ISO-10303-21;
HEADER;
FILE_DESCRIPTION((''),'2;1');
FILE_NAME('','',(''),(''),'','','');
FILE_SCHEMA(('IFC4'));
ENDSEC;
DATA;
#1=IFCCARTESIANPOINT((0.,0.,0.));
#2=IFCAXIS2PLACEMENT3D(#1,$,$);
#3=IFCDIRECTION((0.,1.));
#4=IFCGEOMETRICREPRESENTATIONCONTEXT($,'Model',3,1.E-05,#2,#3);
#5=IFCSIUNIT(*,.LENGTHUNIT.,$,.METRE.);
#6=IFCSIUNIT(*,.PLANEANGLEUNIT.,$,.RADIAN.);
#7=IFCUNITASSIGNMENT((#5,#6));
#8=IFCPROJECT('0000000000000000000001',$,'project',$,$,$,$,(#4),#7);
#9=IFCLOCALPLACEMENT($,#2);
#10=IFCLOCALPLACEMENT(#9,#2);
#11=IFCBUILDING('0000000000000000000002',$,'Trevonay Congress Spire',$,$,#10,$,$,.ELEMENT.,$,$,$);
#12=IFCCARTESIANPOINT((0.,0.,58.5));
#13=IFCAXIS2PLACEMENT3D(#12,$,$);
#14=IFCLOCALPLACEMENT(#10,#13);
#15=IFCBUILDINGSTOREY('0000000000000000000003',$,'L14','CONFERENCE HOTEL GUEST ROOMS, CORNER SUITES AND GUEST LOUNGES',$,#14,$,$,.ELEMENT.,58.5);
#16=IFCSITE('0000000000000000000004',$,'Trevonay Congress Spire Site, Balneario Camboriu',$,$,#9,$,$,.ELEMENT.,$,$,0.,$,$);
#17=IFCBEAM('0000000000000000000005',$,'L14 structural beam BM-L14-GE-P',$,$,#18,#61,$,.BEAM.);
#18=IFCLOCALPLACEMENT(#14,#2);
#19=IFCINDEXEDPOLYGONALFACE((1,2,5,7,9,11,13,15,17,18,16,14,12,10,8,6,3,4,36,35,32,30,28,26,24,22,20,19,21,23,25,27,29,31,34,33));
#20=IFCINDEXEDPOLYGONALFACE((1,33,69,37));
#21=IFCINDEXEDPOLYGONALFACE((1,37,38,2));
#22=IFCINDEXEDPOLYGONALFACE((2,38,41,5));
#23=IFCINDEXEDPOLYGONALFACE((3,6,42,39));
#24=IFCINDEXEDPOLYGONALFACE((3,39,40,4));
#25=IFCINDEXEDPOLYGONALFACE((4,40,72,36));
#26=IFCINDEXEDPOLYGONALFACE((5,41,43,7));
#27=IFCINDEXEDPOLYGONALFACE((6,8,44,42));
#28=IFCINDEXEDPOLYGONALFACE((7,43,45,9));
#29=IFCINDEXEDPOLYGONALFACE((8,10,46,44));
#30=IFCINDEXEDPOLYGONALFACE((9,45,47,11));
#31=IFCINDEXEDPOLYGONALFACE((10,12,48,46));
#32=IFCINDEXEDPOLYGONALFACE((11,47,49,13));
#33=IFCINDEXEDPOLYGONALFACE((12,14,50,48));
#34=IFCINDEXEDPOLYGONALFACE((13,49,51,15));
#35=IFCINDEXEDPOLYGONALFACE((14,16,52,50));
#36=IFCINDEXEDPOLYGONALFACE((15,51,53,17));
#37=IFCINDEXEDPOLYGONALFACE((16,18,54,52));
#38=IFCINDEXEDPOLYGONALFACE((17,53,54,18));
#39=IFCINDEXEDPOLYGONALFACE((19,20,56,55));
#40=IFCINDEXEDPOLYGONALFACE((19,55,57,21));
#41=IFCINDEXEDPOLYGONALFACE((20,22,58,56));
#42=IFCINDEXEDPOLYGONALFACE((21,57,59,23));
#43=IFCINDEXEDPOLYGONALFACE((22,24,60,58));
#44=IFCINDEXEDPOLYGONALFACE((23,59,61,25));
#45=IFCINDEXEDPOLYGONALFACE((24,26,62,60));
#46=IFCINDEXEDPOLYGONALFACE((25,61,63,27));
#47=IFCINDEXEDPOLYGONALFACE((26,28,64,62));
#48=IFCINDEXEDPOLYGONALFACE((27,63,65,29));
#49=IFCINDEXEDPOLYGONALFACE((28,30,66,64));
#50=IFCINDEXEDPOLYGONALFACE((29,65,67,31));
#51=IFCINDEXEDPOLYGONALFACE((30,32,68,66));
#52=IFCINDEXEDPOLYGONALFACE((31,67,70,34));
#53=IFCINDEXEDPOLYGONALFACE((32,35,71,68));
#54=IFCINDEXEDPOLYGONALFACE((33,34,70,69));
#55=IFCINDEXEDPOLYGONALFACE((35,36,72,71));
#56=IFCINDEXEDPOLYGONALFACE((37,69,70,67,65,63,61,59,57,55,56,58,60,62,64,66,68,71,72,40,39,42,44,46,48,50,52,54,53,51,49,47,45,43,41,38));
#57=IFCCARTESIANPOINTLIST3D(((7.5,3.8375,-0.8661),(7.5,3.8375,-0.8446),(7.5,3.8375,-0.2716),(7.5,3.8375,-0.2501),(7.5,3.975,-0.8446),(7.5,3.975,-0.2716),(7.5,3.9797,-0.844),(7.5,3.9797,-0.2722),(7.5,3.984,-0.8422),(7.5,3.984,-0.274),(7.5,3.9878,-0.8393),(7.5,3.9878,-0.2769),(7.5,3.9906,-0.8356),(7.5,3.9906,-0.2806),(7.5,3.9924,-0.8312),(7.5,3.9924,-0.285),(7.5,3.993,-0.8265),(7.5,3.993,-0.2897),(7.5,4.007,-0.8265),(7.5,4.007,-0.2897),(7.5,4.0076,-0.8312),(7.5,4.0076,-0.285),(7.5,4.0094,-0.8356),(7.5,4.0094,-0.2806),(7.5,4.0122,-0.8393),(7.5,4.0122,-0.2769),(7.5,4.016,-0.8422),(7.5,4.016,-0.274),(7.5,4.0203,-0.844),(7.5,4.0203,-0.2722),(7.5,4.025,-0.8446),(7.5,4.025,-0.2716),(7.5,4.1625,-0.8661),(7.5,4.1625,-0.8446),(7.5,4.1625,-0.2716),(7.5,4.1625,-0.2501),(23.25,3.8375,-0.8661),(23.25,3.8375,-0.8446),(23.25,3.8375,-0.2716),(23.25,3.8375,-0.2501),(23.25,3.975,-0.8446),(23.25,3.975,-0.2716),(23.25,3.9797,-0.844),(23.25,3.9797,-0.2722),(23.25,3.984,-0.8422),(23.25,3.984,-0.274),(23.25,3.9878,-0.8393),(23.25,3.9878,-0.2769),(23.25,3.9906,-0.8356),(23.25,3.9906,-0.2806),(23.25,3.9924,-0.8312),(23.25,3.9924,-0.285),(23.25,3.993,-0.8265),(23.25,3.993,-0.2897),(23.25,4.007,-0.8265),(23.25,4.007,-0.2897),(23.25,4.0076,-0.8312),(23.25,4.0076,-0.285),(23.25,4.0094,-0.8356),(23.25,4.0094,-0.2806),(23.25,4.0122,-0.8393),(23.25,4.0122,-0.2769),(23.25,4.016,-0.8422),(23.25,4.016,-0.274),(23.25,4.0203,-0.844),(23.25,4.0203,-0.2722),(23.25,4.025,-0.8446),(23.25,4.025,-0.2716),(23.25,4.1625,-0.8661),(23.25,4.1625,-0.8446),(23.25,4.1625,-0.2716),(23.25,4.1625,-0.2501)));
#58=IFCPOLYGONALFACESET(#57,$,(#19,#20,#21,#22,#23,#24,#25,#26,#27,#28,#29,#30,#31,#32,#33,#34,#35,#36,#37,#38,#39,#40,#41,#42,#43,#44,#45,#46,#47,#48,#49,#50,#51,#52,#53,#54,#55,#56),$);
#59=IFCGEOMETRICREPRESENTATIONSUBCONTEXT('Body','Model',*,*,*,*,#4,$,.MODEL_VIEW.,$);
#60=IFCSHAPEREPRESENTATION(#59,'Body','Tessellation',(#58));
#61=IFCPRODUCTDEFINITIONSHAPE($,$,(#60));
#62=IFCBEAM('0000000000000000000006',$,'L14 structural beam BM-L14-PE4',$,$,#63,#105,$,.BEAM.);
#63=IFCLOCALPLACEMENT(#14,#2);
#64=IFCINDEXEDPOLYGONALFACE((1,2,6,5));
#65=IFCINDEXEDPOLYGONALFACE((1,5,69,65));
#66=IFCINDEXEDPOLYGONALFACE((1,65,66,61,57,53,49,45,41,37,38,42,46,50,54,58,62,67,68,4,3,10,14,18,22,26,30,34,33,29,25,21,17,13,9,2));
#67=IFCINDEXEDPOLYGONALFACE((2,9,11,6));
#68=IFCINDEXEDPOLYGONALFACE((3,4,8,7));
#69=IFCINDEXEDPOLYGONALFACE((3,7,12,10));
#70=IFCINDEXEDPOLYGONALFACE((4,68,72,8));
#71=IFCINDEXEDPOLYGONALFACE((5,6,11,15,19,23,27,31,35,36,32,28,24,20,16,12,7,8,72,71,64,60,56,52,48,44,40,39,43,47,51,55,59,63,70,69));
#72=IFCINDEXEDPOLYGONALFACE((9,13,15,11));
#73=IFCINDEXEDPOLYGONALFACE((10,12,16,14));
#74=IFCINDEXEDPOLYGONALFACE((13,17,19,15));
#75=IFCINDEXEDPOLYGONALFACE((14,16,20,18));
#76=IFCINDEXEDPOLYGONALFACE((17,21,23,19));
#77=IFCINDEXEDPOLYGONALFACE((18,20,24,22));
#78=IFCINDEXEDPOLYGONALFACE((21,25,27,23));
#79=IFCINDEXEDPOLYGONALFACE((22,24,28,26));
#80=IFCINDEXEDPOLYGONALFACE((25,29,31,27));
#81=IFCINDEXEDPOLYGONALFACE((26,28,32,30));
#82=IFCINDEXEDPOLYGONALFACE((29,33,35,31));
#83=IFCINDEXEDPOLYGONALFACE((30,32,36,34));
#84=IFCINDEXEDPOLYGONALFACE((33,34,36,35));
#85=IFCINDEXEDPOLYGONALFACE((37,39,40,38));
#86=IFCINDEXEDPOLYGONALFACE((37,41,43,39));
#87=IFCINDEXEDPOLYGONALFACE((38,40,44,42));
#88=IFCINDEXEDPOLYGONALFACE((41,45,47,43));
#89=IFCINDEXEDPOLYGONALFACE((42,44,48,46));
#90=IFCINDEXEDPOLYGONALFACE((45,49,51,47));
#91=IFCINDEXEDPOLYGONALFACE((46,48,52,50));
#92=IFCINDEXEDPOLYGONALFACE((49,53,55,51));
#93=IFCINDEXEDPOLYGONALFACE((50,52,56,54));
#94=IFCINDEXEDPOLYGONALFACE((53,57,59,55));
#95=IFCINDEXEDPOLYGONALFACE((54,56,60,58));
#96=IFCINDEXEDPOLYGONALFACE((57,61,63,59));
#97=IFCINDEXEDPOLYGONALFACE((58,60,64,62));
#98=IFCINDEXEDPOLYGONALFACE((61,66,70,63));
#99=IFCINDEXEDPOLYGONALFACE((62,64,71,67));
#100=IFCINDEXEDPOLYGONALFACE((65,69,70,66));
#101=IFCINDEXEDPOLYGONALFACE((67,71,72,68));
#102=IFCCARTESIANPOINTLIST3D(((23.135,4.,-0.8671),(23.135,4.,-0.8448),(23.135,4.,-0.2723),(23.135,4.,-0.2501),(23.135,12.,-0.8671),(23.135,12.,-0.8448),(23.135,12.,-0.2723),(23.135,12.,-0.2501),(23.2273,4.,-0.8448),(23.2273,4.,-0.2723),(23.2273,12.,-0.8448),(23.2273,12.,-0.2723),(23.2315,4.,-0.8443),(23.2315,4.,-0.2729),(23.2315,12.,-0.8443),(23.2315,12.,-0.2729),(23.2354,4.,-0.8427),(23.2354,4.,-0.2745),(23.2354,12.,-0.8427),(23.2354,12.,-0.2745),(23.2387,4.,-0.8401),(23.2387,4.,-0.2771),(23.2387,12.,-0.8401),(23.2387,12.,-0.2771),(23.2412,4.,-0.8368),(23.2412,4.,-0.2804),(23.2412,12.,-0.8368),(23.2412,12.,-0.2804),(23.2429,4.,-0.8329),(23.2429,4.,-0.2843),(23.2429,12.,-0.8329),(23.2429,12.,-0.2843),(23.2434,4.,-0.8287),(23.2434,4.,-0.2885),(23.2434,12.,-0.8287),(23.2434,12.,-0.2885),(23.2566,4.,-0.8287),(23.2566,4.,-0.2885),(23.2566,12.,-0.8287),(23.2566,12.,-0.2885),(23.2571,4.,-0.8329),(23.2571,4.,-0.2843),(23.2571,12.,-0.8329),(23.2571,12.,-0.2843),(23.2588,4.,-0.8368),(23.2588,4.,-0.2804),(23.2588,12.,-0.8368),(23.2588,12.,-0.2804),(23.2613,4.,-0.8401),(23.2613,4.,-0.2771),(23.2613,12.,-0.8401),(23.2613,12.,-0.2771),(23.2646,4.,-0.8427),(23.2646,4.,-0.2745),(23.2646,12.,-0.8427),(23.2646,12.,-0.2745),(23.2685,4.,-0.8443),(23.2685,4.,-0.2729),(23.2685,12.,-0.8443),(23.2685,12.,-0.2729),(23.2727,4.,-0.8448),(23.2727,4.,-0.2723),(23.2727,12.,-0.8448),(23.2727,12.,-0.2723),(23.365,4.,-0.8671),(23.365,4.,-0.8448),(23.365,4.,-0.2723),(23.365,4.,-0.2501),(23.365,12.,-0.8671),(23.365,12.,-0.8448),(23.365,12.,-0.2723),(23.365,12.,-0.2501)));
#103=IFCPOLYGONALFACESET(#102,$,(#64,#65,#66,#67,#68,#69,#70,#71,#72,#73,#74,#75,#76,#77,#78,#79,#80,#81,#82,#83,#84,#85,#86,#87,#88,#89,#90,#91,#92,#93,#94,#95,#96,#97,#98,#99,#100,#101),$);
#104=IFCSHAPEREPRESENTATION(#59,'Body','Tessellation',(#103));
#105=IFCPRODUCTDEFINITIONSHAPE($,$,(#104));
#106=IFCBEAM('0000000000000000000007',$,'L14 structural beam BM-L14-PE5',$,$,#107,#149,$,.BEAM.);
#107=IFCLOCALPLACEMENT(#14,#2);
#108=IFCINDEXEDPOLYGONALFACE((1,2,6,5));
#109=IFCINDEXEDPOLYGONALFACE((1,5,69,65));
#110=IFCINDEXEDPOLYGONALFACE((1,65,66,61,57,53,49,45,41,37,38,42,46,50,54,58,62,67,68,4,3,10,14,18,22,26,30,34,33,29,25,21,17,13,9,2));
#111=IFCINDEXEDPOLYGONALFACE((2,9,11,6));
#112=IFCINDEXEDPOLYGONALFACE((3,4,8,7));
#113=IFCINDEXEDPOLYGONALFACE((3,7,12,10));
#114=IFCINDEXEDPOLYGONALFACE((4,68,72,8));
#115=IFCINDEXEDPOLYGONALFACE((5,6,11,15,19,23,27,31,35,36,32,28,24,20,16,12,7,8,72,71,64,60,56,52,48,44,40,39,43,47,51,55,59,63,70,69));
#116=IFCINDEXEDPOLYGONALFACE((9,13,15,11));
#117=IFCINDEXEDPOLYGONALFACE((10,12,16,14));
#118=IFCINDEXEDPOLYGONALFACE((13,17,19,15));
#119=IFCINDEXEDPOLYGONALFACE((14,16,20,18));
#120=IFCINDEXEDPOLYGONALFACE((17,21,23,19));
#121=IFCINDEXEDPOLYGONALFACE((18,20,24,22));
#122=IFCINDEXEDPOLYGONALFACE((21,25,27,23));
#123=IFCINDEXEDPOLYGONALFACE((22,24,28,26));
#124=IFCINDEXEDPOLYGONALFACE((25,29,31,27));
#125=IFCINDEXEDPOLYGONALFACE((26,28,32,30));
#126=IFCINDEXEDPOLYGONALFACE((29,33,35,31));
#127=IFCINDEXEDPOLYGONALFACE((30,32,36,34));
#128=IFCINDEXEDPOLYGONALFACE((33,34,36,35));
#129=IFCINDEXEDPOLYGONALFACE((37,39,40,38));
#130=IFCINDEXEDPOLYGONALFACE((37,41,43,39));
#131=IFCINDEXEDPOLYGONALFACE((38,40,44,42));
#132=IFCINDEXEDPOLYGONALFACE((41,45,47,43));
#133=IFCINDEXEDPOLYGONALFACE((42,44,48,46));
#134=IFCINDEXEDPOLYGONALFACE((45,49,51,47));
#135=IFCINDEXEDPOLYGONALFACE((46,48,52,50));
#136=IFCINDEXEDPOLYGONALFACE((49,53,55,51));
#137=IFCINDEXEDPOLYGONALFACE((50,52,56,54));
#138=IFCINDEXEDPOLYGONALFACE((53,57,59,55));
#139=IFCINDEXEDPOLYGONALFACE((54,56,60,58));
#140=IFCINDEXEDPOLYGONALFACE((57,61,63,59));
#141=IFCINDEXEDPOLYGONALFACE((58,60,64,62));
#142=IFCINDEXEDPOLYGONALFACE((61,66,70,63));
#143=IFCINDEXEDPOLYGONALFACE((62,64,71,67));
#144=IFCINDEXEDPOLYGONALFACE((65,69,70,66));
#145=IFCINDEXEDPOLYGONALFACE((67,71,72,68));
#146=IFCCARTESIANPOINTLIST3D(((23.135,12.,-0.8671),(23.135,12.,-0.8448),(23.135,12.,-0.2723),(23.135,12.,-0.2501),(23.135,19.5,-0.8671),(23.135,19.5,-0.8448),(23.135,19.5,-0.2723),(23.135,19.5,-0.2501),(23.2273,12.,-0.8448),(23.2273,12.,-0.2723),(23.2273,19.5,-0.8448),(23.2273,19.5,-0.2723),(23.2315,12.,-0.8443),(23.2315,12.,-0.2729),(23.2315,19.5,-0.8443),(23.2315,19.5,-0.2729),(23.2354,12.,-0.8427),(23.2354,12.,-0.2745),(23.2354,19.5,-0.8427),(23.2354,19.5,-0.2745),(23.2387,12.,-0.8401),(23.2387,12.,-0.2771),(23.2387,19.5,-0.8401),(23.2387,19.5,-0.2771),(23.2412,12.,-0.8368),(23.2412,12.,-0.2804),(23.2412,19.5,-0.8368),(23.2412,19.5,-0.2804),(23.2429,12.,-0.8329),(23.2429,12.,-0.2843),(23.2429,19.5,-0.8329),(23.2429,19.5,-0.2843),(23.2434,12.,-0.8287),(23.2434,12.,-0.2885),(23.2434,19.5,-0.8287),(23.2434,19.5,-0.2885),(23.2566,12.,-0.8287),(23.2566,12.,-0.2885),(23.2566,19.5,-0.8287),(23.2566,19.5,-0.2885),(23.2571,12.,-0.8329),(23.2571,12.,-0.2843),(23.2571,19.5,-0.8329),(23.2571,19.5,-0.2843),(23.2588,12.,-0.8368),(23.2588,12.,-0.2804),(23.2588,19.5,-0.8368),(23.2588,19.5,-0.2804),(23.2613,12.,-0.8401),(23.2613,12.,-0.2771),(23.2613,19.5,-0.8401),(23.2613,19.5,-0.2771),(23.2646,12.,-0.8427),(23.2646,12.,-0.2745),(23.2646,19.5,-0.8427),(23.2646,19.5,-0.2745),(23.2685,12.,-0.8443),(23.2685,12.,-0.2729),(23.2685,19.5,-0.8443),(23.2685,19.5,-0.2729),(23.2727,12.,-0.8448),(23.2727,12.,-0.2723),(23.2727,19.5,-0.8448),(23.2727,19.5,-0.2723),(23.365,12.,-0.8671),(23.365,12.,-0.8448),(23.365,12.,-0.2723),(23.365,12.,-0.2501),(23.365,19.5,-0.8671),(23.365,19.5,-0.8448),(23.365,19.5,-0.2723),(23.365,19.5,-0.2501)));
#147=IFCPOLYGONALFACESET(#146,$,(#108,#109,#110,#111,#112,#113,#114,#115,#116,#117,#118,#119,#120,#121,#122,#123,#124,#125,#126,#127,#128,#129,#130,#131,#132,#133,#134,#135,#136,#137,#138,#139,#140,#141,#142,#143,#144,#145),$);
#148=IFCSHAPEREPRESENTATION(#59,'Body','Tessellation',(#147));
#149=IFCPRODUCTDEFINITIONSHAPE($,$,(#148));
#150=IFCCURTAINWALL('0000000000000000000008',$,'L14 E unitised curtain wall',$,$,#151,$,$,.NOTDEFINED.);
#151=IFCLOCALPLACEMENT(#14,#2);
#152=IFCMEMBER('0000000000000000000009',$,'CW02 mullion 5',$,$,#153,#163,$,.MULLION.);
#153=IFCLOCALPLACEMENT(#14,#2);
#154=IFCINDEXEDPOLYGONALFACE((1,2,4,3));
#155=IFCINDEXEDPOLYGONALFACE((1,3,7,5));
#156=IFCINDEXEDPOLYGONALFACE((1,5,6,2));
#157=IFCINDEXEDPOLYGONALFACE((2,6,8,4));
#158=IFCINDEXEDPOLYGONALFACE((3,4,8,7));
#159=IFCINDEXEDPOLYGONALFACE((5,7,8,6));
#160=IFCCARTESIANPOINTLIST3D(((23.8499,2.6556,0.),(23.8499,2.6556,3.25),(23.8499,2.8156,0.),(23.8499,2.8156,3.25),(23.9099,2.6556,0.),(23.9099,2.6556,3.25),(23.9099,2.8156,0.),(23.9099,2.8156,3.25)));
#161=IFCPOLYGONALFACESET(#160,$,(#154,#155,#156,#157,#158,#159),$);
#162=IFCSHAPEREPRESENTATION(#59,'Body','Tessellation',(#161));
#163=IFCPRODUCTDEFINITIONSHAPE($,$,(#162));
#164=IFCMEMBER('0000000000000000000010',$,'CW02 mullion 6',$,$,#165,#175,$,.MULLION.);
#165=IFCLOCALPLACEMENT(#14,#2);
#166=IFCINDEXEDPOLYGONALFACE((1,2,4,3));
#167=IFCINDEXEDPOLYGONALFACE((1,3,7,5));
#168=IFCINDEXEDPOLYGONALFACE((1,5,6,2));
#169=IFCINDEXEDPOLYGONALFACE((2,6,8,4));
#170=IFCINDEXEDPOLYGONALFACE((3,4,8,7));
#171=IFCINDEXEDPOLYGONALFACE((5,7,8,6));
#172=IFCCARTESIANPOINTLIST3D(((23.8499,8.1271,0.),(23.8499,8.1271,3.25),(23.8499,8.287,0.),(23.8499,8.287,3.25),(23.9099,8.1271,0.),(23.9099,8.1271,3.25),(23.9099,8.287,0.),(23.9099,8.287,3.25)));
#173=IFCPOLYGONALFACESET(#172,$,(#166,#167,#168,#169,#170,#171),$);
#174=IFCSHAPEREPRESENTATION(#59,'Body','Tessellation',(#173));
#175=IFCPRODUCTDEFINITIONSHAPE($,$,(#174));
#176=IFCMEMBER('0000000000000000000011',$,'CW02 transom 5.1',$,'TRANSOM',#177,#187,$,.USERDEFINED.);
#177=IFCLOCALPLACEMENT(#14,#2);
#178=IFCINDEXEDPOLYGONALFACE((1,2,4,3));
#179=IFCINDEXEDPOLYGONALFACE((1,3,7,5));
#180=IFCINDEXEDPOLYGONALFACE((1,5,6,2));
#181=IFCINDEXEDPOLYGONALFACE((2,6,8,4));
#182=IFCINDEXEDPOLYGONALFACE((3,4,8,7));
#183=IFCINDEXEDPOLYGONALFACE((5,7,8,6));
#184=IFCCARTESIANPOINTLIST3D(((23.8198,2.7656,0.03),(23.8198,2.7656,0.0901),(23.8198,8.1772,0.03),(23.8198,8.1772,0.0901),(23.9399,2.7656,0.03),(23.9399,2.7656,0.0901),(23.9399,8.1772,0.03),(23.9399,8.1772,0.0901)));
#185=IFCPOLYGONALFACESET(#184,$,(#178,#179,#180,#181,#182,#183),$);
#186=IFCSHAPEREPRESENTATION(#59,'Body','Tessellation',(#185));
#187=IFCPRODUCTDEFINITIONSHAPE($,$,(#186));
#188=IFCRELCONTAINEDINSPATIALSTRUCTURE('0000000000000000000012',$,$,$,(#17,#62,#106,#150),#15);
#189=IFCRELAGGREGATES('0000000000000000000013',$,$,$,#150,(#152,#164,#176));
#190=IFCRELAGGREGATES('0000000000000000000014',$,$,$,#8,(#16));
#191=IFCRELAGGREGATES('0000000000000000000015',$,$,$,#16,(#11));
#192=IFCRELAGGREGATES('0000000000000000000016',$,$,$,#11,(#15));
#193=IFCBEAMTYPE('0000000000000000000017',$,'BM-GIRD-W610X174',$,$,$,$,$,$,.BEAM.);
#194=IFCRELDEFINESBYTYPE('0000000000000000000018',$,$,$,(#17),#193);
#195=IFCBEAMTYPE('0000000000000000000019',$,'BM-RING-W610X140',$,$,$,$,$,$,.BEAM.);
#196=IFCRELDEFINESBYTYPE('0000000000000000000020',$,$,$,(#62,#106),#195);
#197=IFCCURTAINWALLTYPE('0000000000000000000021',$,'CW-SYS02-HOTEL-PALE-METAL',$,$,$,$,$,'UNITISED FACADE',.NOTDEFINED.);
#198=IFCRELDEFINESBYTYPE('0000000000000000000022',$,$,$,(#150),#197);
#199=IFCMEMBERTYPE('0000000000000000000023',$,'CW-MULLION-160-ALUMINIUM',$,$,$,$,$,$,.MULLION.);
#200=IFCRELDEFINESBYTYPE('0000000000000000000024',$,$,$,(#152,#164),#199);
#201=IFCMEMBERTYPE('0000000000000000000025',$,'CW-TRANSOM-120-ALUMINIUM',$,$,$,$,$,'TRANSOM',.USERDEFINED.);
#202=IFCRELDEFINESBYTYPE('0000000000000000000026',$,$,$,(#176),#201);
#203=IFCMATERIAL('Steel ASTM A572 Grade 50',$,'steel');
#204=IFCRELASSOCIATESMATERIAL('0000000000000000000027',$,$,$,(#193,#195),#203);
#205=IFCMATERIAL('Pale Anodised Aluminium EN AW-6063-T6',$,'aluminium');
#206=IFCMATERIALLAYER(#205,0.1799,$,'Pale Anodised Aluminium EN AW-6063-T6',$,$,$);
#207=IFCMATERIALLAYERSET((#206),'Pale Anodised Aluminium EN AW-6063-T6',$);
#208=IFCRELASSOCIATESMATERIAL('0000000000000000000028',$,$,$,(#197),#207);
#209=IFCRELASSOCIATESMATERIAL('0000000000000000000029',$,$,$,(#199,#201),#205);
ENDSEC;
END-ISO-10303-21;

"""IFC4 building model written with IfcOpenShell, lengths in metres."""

from ifc_helpers import new_model, si_unit, direction, frame, origin, origin_2d, place, context, subcontext, project, spatial, rectangle, i_section, extrude, material, layer, layer_set, material_profile, profile_set, type_object, element, aggregate, save


model = new_model("IFC4")

# Units and contexts
model_context = context("Model", 3, precision=1e-05, world=origin(), true_north=direction((0.0, 1.0)))
body_context = subcontext(model_context, "Body", "Model", "MODEL_VIEW")
ifc_project = project(units=[si_unit("LENGTHUNIT", "METRE"), si_unit("PLANEANGLEUNIT", "RADIAN")], contexts=[model_context])

# Site, building, storey
site_placement = place(None, origin())
site = spatial("IfcSite", under=ifc_project, at=site_placement, Name="Trevonay Congress Spire Site, Balneario Camboriu", CompositionType="ELEMENT", RefElevation=0.0)
building_placement = place(site_placement, origin())
building = spatial("IfcBuilding", under=site, at=building_placement, Name="Trevonay Congress Spire", CompositionType="ELEMENT")
storey_placement = place(building_placement, frame((0.0, 0.0, 58.5)))
storey = spatial("IfcBuildingStorey", under=building, at=storey_placement, Name="L14", Description="CONFERENCE HOTEL GUEST ROOMS, CORNER SUITES AND GUEST LOUNGES", CompositionType="ELEMENT", Elevation=58.5)

# Shared definitions
ifc_material_1 = material(Name="Steel ASTM A572 Grade 50", Category="steel")

# Beams
ifc_material_profile_1 = material_profile(ifc_material_1, i_section(OverallWidth=0.325, OverallDepth=0.616, WebThickness=0.0139, FlangeThickness=0.0215, FilletRadius=0.0181, at=origin_2d()), Name="W610x174")
ifc_profile_set_1 = profile_set([ifc_material_profile_1], Name="Steel ASTM A572 Grade 50")
beam_type_1 = type_object("IfcBeamType", Name="BM-GIRD-W610X174", PredefinedType="BEAM", material=ifc_profile_set_1)
beam_1_placement = place(storey_placement, frame((7.5, 4.0, -0.5581), z_axis=(1.0, 0.0, 0.0), x_axis=(0.0, 1.0, 0.0)))
element("IfcBeam", 1, at=beam_1_placement, inside=storey, type_object=beam_type_1, Name="L14 structural beam BM-L14-GE-P", PredefinedType="BEAM", context=body_context, shape_type="SweptSolid", body=[
    extrude(i_section(OverallWidth=0.325, OverallDepth=0.616, WebThickness=0.0139, FlangeThickness=0.0215, FilletRadius=0.0181, at=origin_2d()), origin(), (0.0, 0.0, 1.0), 15.75),
])
ifc_material_profile_2 = material_profile(ifc_material_1, i_section(OverallWidth=0.23, OverallDepth=0.6169, WebThickness=0.0132, FlangeThickness=0.0222, FilletRadius=0.0161, at=origin_2d()), Name="W610x140")
ifc_profile_set_2 = profile_set([ifc_material_profile_2], Name="Steel ASTM A572 Grade 50")
beam_type_2 = type_object("IfcBeamType", Name="BM-RING-W610X140", PredefinedType="BEAM", material=ifc_profile_set_2)
beam_2_placement = place(storey_placement, frame((23.25, 4.0, -0.5586), z_axis=(0.0, 1.0, 0.0), x_axis=(-1.0, 0.0, 0.0)))
element("IfcBeam", 2, at=beam_2_placement, inside=storey, type_object=beam_type_2, Name="L14 structural beam BM-L14-PE4", PredefinedType="BEAM", context=body_context, shape_type="SweptSolid", body=[
    extrude(i_section(OverallWidth=0.23, OverallDepth=0.6169, WebThickness=0.0132, FlangeThickness=0.0222, FilletRadius=0.0161, at=origin_2d()), origin(), (0.0, 0.0, 1.0), 8.0),
])
beam_3_placement = place(storey_placement, frame((23.25, 12.0, -0.5586), z_axis=(0.0, 1.0, 0.0), x_axis=(-1.0, 0.0, 0.0)))
element("IfcBeam", 3, at=beam_3_placement, inside=storey, type_object=beam_type_2, Name="L14 structural beam BM-L14-PE5", PredefinedType="BEAM", context=body_context, shape_type="SweptSolid", body=[
    extrude(i_section(OverallWidth=0.23, OverallDepth=0.6169, WebThickness=0.0132, FlangeThickness=0.0222, FilletRadius=0.0161, at=origin_2d()), origin(), (0.0, 0.0, 1.0), 7.5),
])

# Curtain wall, members
ifc_material_2 = material(Name="Pale Anodised Aluminium EN AW-6063-T6", Category="aluminium")
ifc_layer_1 = layer(ifc_material_2, 0.1799, Name="Pale Anodised Aluminium EN AW-6063-T6")
ifc_layer_set_1 = layer_set([ifc_layer_1], Name="Pale Anodised Aluminium EN AW-6063-T6")
curtain_wall_type = type_object("IfcCurtainWallType", Name="CW-SYS02-HOTEL-PALE-METAL", ElementType="UNITISED FACADE", PredefinedType="NOTDEFINED", material=ifc_layer_set_1)
curtain_wall_placement = place(storey_placement, origin())
curtain_wall = element("IfcCurtainWall", 4, at=curtain_wall_placement, inside=storey, type_object=curtain_wall_type, Name="L14 E unitised curtain wall", PredefinedType="NOTDEFINED")
ifc_material_profile_3 = material_profile(ifc_material_2, rectangle(XDim=0.0601, YDim=0.1599, at=origin_2d()), Name="CW-MULLION-160-ALUMINIUM")
ifc_profile_set_3 = profile_set([ifc_material_profile_3], Name="Pale Anodised Aluminium EN AW-6063-T6")
member_type_1 = type_object("IfcMemberType", Name="CW-MULLION-160-ALUMINIUM", PredefinedType="MULLION", material=ifc_profile_set_3)
member_1_placement = place(storey_placement, frame((23.8799, 2.7356, 0.0), z_axis=(0.0, 0.0, 1.0), x_axis=(-1.0, 0.0, 0.0)))
member_1 = element("IfcMember", 5, at=member_1_placement, type_object=member_type_1, Name="CW02 mullion 5", PredefinedType="MULLION", context=body_context, shape_type="SweptSolid", body=[
    extrude(rectangle(XDim=0.0601, YDim=0.1599, at=origin_2d()), origin(), (0.0, 0.0, 1.0), 3.25),
])
member_2_placement = place(storey_placement, frame((23.8799, 8.207, 0.0), z_axis=(0.0, 0.0, 1.0), x_axis=(-1.0, 0.0, 0.0)))
member_2 = element("IfcMember", 6, at=member_2_placement, type_object=member_type_1, Name="CW02 mullion 6", PredefinedType="MULLION", context=body_context, shape_type="SweptSolid", body=[
    extrude(rectangle(XDim=0.0601, YDim=0.1599, at=origin_2d()), origin(), (0.0, 0.0, 1.0), 3.25),
])
ifc_material_profile_4 = material_profile(ifc_material_2, rectangle(XDim=0.1201, YDim=0.0601, at=origin_2d()), Name="CW-TRANSOM-120-ALUMINIUM")
ifc_profile_set_4 = profile_set([ifc_material_profile_4], Name="Pale Anodised Aluminium EN AW-6063-T6")
member_type_2 = type_object("IfcMemberType", Name="CW-TRANSOM-120-ALUMINIUM", ElementType="TRANSOM", PredefinedType="USERDEFINED", material=ifc_profile_set_4)
member_3_placement = place(storey_placement, frame((23.8799, 2.7656, 0.0601), z_axis=(0.0, 1.0, 0.0), x_axis=(-1.0, 0.0, 0.0)))
member_3 = element("IfcMember", 7, at=member_3_placement, type_object=member_type_2, Name="CW02 transom 5.1", ObjectType="TRANSOM", PredefinedType="USERDEFINED", context=body_context, shape_type="SweptSolid", body=[
    extrude(rectangle(XDim=0.1201, YDim=0.0601, at=origin_2d()), origin(), (0.0, 0.0, 1.0), 5.4116),
])
aggregate(curtain_wall, [member_1, member_2, member_3])

save(model, "model.ifc")
